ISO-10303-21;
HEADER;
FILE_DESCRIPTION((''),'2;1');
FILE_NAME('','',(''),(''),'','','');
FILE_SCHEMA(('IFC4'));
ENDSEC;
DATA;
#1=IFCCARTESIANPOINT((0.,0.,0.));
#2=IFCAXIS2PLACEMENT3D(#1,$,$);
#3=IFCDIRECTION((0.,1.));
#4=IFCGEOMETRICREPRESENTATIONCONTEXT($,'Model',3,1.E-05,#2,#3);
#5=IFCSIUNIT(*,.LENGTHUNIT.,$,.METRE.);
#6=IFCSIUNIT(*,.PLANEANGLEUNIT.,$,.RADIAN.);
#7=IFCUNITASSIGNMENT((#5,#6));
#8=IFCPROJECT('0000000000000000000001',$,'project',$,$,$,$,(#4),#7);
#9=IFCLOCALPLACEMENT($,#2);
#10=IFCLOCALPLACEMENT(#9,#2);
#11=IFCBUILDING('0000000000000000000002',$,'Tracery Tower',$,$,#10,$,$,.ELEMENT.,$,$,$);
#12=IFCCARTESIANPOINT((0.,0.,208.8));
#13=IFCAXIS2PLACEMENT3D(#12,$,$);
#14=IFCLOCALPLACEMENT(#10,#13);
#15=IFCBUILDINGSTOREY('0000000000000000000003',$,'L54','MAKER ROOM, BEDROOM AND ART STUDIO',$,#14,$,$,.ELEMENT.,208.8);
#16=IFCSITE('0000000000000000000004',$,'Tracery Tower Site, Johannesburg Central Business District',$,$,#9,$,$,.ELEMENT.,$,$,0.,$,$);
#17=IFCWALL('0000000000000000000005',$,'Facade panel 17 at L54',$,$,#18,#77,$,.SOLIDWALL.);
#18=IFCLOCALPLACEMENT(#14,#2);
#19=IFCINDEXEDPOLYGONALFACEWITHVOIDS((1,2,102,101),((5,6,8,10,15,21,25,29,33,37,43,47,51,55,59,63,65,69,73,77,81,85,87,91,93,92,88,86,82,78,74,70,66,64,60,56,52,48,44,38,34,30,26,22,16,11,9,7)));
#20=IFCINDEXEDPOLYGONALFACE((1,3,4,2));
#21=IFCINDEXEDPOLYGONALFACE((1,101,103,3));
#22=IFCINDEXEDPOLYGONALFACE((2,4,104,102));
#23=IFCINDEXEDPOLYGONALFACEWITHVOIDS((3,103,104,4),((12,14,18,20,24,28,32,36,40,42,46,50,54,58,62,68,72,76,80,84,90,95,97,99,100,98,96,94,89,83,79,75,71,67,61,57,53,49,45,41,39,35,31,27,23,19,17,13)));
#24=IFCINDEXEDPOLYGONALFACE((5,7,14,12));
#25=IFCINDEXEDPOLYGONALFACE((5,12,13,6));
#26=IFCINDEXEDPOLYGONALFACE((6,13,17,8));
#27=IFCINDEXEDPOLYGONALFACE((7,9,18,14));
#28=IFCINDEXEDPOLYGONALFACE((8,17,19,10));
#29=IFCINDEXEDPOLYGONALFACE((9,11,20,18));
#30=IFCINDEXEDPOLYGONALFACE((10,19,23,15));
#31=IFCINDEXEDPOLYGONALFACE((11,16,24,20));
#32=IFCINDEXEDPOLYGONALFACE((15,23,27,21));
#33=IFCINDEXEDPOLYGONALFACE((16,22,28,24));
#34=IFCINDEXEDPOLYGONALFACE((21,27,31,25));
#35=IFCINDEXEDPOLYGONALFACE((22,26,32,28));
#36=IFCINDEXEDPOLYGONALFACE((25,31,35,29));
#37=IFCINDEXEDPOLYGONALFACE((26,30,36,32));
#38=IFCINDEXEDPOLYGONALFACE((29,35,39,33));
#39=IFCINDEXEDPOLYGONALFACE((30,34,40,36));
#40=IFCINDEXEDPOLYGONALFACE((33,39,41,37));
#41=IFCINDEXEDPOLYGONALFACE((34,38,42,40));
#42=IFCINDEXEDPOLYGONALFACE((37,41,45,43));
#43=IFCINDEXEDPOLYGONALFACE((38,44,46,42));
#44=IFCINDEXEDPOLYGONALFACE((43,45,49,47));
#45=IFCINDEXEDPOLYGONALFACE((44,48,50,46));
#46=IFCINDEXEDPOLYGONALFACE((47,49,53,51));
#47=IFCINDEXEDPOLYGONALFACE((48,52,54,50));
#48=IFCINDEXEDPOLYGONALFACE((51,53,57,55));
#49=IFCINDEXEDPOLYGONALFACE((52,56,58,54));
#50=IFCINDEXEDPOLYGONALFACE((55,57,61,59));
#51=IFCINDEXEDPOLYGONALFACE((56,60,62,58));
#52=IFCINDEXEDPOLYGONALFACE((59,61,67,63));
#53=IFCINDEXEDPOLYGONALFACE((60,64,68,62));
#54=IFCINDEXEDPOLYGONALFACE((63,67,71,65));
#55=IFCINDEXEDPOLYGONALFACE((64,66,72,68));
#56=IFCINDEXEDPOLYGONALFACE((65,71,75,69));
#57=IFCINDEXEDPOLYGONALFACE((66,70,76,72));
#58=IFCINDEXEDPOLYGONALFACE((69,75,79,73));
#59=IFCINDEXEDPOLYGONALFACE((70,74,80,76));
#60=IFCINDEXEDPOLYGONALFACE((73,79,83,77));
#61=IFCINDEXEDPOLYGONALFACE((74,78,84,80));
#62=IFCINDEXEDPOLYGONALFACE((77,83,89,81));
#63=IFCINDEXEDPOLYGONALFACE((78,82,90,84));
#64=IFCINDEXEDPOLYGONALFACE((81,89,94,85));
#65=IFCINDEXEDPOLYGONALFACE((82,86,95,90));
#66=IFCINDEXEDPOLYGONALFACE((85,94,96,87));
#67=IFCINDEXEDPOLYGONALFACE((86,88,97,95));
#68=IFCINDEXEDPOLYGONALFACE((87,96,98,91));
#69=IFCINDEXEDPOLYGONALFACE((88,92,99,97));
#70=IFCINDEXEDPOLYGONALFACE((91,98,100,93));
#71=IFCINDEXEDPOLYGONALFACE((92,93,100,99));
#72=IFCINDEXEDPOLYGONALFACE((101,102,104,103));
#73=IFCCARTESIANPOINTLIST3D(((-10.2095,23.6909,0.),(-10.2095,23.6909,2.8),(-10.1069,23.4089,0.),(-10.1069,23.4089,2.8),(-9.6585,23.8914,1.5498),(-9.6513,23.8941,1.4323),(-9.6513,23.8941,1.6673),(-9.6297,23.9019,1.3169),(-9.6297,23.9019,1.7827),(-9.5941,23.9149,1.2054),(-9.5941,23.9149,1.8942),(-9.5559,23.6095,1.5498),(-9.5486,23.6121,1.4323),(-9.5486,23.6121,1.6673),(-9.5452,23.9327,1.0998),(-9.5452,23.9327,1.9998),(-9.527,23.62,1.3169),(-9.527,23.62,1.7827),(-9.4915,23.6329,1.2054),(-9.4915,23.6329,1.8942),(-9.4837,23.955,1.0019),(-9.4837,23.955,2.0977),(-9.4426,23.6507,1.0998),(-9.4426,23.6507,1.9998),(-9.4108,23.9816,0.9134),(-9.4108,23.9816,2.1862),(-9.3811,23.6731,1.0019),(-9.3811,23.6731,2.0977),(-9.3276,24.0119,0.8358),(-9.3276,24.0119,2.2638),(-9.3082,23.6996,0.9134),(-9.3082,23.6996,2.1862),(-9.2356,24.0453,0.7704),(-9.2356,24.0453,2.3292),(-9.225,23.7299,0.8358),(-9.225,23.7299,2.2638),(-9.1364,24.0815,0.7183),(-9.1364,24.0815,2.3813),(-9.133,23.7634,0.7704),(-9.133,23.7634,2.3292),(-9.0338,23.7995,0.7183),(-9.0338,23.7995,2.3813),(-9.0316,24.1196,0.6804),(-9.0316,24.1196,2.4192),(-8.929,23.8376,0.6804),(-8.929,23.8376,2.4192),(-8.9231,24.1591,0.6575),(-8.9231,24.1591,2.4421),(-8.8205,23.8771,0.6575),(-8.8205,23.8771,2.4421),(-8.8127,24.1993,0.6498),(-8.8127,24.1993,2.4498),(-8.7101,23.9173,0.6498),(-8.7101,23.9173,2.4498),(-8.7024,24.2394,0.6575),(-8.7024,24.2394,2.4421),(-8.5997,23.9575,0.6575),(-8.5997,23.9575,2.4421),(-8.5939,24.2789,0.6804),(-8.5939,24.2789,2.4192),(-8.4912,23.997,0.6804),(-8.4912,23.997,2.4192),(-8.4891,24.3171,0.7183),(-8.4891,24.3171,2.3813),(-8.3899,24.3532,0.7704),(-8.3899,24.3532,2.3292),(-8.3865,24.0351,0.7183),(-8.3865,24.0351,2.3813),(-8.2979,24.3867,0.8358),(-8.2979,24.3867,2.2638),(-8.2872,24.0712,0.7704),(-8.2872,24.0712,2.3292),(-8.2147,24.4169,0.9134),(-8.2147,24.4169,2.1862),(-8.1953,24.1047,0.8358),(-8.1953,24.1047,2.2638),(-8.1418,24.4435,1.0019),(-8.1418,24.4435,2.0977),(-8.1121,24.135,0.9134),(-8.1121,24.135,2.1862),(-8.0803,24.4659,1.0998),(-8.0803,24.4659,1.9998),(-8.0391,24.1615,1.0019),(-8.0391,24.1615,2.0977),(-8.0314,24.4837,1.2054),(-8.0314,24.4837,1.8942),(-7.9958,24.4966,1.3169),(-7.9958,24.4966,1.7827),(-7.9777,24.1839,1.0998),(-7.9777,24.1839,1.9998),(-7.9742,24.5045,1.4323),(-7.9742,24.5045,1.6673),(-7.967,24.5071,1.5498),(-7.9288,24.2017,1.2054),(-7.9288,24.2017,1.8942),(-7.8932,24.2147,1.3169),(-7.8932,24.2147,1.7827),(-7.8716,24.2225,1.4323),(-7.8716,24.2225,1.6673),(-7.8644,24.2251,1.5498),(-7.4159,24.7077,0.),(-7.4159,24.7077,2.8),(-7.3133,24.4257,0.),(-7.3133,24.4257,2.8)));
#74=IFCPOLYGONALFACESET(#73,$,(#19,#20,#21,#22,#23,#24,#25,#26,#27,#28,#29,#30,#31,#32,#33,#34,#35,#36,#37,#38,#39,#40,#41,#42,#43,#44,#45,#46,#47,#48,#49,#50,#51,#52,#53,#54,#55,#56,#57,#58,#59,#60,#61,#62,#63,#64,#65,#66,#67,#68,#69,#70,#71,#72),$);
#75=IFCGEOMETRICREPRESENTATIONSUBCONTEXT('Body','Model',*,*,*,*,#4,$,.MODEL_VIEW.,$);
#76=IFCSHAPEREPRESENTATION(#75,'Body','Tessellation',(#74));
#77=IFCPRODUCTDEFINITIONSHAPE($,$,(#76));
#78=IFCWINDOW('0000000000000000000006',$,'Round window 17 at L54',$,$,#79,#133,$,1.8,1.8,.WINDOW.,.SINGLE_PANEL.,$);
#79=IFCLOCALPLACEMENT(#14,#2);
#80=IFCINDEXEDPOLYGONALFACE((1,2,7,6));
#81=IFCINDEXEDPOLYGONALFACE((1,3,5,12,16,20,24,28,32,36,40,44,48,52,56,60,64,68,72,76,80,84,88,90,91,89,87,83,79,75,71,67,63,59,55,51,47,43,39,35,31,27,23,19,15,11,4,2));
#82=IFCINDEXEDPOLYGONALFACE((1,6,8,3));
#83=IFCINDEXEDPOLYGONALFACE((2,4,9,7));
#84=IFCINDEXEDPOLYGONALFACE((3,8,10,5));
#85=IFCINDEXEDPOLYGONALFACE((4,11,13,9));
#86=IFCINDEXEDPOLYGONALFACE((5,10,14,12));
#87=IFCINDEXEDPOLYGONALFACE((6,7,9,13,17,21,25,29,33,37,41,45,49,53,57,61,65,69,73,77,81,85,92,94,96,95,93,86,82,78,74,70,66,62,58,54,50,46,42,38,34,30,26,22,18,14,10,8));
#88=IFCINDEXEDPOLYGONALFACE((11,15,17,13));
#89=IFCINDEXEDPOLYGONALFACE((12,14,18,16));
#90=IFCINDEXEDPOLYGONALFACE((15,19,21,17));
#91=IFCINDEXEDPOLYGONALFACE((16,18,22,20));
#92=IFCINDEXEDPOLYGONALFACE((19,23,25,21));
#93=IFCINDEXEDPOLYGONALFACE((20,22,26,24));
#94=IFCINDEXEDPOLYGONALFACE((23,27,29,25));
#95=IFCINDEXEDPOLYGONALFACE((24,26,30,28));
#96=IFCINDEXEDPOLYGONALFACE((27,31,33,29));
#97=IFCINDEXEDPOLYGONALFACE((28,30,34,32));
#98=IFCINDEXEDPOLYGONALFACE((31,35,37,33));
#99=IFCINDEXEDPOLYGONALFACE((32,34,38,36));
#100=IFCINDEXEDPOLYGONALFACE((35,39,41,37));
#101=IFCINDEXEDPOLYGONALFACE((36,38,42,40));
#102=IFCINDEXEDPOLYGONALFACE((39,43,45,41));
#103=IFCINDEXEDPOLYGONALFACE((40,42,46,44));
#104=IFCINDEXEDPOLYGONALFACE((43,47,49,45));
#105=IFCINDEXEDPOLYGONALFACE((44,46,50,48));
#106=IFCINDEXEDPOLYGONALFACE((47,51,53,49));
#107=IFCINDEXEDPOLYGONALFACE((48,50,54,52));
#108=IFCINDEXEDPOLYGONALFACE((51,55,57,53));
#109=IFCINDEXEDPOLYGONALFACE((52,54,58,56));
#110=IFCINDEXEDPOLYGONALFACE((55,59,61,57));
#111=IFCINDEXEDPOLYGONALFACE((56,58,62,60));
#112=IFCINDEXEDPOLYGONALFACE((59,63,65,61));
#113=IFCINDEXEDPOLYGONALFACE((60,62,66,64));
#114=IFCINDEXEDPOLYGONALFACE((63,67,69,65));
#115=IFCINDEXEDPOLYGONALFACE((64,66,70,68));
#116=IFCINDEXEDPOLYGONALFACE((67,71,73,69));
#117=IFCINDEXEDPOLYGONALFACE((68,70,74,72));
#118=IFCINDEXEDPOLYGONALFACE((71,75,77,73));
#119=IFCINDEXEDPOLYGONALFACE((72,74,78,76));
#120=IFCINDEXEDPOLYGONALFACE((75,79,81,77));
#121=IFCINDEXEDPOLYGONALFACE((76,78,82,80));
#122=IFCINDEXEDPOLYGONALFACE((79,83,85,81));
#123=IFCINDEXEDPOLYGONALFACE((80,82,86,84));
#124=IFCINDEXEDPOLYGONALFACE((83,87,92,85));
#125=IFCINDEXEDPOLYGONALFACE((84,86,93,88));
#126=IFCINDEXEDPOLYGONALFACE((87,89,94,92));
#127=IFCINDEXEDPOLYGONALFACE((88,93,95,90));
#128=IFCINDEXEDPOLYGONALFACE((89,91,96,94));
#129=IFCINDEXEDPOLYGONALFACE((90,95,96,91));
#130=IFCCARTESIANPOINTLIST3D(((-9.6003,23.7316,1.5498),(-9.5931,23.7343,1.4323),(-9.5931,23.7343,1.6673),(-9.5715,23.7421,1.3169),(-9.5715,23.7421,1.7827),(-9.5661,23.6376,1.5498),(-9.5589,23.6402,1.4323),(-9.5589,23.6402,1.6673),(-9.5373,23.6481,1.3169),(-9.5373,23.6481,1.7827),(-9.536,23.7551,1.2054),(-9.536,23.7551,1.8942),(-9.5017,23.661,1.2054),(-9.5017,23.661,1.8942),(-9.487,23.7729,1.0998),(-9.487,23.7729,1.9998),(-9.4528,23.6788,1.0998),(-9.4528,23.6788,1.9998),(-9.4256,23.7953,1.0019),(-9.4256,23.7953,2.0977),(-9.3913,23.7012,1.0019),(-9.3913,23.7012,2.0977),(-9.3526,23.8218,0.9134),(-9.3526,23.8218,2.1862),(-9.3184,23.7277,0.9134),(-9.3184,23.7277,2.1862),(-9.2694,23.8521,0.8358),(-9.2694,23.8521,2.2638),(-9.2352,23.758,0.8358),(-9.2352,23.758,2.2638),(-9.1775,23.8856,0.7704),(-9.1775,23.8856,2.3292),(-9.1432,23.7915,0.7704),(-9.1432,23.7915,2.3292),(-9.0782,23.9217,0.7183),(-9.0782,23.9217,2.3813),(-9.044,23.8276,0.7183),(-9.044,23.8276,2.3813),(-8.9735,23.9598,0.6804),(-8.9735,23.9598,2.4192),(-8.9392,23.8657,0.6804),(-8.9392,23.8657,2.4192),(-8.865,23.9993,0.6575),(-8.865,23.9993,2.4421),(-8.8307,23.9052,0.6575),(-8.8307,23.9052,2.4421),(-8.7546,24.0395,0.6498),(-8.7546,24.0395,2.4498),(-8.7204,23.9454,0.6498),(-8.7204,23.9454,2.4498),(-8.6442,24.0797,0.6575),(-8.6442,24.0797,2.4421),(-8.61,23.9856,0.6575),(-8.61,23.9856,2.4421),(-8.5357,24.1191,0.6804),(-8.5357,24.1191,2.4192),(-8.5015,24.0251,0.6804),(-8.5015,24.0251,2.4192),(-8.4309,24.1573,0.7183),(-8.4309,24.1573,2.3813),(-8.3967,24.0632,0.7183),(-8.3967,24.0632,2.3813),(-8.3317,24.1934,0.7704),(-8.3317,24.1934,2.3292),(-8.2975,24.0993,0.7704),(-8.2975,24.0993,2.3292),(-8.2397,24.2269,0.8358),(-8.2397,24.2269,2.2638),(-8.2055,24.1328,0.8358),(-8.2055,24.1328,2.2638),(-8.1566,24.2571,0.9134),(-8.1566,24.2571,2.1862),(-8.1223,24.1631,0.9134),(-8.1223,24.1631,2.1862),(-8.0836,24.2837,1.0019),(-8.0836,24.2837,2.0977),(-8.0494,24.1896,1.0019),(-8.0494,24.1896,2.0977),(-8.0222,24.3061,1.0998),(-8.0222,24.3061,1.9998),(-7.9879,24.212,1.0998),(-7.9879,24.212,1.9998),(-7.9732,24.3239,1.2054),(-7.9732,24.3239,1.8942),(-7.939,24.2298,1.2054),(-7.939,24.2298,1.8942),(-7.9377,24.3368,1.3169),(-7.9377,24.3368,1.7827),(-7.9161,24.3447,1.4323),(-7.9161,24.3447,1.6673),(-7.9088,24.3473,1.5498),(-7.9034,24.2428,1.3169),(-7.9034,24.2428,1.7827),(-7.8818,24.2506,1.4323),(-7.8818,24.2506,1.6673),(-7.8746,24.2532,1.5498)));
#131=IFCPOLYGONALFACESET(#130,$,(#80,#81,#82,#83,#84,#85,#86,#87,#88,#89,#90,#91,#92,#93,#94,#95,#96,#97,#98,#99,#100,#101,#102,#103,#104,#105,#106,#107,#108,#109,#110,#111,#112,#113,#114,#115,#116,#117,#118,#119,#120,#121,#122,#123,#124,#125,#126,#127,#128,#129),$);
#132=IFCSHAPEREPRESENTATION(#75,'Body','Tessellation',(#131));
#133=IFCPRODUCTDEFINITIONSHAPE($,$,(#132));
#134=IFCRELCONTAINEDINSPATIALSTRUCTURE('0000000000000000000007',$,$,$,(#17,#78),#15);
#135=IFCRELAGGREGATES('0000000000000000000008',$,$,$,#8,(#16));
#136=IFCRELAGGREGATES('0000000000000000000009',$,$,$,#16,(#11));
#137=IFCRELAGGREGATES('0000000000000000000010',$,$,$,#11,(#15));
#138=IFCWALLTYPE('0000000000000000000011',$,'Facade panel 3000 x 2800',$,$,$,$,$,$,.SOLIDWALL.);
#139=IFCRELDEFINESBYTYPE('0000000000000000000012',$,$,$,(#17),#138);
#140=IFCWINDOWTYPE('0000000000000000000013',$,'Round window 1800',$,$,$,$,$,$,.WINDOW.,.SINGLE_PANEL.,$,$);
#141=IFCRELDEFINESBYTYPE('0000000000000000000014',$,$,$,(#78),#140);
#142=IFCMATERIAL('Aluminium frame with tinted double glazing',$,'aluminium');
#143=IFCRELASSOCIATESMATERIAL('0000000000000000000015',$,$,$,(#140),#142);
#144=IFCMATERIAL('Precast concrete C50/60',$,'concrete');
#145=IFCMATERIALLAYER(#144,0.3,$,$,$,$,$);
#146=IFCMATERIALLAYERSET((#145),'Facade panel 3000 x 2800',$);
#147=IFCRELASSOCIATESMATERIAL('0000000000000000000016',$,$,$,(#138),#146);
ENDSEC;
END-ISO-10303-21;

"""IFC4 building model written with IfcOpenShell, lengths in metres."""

from ifc_helpers import new_model, si_unit, direction, frame, frame_2d, origin, origin_2d, place, context, subcontext, project, spatial, rectangle, circle, extrude, material, layer, layer_set, type_object, element, fill, save


model = new_model("IFC4")

# Units and contexts
model_context = context("Model", 3, precision=1e-05, world=origin(), true_north=direction((0.0, 1.0)))
body_context = subcontext(model_context, "Body", "Model", "MODEL_VIEW")
ifc_project = project(units=[si_unit("LENGTHUNIT", "METRE"), si_unit("PLANEANGLEUNIT", "RADIAN")], contexts=[model_context])

# Site, building, storey
site_placement = place(None, origin())
site = spatial("IfcSite", under=ifc_project, at=site_placement, Name="Tracery Tower Site, Johannesburg Central Business District", CompositionType="ELEMENT", RefElevation=0.0)
building_placement = place(site_placement, origin())
building = spatial("IfcBuilding", under=site, at=building_placement, Name="Tracery Tower", CompositionType="ELEMENT")
storey_placement = place(building_placement, frame((0.0, 0.0, 208.8)))
storey = spatial("IfcBuildingStorey", under=building, at=storey_placement, Name="L54", Description="MAKER ROOM, BEDROOM AND ART STUDIO", CompositionType="ELEMENT", Elevation=208.8)

# Wall, opening, window
ifc_material_1 = material(Name="Aluminium frame with tinted double glazing", Category="aluminium")
window_type = type_object("IfcWindowType", Name="Round window 1800", PartitioningType="SINGLE_PANEL", PredefinedType="WINDOW", material=ifc_material_1)
ifc_material_2 = material(Name="Precast concrete C50/60", Category="concrete")
ifc_layer_1 = layer(ifc_material_2, 0.3)
ifc_layer_set_1 = layer_set([ifc_layer_1], Name="Facade panel 3000 x 2800")
wall_type_1 = type_object("IfcWallType", Name="Facade panel 3000 x 2800", PredefinedType="SOLIDWALL", material=ifc_layer_set_1)
wall_1_placement = place(storey_placement, frame((-7.3647, 24.5667, 0.0), z_axis=(0.0, 0.0, 1.0), x_axis=(-0.93969, -0.342027, 0.0)))
wall_1 = element("IfcWall", 1, at=wall_1_placement, inside=storey, type_object=wall_type_1, Name="Facade panel 17 at L54", PredefinedType="SOLIDWALL", context=body_context, shape_type="SweptSolid", body=[
    extrude(rectangle(XDim=2.9729, YDim=0.3, at=frame_2d((1.4863, 0.0))), origin(), (0.0, 0.0, 1.0), 2.8),
])
opening_1_placement = place(wall_1_placement, frame((1.4863, 0.0, 1.5498)))
opening_1 = element("IfcOpeningElement", 2, at=opening_1_placement, cuts=wall_1, PredefinedType="OPENING", context=body_context, shape_type="SweptSolid", body=[
    extrude(circle(Radius=0.9, at=origin_2d()), frame((0.0, 0.1599, 0.0), z_axis=(0.0, -1.0, 0.0), x_axis=(1.0, 0.0, 0.0)), (0.0, 0.0, 1.0), 0.3201),
])
window_1_placement = place(opening_1_placement, origin())
window_1 = element("IfcWindow", 3, at=window_1_placement, inside=storey, type_object=window_type, Name="Round window 17 at L54", OverallHeight=1.8, OverallWidth=1.8, PartitioningType="SINGLE_PANEL", PredefinedType="WINDOW", context=body_context, shape_type="SweptSolid", body=[
    extrude(circle(Radius=0.9, at=origin_2d()), frame((0.0, 0.1201, 0.0), z_axis=(0.0, -1.0, 0.0), x_axis=(1.0, 0.0, 0.0)), (0.0, 0.0, 1.0), 0.1001),
])
fill(opening_1, window_1)

save(model, "model.ifc")
